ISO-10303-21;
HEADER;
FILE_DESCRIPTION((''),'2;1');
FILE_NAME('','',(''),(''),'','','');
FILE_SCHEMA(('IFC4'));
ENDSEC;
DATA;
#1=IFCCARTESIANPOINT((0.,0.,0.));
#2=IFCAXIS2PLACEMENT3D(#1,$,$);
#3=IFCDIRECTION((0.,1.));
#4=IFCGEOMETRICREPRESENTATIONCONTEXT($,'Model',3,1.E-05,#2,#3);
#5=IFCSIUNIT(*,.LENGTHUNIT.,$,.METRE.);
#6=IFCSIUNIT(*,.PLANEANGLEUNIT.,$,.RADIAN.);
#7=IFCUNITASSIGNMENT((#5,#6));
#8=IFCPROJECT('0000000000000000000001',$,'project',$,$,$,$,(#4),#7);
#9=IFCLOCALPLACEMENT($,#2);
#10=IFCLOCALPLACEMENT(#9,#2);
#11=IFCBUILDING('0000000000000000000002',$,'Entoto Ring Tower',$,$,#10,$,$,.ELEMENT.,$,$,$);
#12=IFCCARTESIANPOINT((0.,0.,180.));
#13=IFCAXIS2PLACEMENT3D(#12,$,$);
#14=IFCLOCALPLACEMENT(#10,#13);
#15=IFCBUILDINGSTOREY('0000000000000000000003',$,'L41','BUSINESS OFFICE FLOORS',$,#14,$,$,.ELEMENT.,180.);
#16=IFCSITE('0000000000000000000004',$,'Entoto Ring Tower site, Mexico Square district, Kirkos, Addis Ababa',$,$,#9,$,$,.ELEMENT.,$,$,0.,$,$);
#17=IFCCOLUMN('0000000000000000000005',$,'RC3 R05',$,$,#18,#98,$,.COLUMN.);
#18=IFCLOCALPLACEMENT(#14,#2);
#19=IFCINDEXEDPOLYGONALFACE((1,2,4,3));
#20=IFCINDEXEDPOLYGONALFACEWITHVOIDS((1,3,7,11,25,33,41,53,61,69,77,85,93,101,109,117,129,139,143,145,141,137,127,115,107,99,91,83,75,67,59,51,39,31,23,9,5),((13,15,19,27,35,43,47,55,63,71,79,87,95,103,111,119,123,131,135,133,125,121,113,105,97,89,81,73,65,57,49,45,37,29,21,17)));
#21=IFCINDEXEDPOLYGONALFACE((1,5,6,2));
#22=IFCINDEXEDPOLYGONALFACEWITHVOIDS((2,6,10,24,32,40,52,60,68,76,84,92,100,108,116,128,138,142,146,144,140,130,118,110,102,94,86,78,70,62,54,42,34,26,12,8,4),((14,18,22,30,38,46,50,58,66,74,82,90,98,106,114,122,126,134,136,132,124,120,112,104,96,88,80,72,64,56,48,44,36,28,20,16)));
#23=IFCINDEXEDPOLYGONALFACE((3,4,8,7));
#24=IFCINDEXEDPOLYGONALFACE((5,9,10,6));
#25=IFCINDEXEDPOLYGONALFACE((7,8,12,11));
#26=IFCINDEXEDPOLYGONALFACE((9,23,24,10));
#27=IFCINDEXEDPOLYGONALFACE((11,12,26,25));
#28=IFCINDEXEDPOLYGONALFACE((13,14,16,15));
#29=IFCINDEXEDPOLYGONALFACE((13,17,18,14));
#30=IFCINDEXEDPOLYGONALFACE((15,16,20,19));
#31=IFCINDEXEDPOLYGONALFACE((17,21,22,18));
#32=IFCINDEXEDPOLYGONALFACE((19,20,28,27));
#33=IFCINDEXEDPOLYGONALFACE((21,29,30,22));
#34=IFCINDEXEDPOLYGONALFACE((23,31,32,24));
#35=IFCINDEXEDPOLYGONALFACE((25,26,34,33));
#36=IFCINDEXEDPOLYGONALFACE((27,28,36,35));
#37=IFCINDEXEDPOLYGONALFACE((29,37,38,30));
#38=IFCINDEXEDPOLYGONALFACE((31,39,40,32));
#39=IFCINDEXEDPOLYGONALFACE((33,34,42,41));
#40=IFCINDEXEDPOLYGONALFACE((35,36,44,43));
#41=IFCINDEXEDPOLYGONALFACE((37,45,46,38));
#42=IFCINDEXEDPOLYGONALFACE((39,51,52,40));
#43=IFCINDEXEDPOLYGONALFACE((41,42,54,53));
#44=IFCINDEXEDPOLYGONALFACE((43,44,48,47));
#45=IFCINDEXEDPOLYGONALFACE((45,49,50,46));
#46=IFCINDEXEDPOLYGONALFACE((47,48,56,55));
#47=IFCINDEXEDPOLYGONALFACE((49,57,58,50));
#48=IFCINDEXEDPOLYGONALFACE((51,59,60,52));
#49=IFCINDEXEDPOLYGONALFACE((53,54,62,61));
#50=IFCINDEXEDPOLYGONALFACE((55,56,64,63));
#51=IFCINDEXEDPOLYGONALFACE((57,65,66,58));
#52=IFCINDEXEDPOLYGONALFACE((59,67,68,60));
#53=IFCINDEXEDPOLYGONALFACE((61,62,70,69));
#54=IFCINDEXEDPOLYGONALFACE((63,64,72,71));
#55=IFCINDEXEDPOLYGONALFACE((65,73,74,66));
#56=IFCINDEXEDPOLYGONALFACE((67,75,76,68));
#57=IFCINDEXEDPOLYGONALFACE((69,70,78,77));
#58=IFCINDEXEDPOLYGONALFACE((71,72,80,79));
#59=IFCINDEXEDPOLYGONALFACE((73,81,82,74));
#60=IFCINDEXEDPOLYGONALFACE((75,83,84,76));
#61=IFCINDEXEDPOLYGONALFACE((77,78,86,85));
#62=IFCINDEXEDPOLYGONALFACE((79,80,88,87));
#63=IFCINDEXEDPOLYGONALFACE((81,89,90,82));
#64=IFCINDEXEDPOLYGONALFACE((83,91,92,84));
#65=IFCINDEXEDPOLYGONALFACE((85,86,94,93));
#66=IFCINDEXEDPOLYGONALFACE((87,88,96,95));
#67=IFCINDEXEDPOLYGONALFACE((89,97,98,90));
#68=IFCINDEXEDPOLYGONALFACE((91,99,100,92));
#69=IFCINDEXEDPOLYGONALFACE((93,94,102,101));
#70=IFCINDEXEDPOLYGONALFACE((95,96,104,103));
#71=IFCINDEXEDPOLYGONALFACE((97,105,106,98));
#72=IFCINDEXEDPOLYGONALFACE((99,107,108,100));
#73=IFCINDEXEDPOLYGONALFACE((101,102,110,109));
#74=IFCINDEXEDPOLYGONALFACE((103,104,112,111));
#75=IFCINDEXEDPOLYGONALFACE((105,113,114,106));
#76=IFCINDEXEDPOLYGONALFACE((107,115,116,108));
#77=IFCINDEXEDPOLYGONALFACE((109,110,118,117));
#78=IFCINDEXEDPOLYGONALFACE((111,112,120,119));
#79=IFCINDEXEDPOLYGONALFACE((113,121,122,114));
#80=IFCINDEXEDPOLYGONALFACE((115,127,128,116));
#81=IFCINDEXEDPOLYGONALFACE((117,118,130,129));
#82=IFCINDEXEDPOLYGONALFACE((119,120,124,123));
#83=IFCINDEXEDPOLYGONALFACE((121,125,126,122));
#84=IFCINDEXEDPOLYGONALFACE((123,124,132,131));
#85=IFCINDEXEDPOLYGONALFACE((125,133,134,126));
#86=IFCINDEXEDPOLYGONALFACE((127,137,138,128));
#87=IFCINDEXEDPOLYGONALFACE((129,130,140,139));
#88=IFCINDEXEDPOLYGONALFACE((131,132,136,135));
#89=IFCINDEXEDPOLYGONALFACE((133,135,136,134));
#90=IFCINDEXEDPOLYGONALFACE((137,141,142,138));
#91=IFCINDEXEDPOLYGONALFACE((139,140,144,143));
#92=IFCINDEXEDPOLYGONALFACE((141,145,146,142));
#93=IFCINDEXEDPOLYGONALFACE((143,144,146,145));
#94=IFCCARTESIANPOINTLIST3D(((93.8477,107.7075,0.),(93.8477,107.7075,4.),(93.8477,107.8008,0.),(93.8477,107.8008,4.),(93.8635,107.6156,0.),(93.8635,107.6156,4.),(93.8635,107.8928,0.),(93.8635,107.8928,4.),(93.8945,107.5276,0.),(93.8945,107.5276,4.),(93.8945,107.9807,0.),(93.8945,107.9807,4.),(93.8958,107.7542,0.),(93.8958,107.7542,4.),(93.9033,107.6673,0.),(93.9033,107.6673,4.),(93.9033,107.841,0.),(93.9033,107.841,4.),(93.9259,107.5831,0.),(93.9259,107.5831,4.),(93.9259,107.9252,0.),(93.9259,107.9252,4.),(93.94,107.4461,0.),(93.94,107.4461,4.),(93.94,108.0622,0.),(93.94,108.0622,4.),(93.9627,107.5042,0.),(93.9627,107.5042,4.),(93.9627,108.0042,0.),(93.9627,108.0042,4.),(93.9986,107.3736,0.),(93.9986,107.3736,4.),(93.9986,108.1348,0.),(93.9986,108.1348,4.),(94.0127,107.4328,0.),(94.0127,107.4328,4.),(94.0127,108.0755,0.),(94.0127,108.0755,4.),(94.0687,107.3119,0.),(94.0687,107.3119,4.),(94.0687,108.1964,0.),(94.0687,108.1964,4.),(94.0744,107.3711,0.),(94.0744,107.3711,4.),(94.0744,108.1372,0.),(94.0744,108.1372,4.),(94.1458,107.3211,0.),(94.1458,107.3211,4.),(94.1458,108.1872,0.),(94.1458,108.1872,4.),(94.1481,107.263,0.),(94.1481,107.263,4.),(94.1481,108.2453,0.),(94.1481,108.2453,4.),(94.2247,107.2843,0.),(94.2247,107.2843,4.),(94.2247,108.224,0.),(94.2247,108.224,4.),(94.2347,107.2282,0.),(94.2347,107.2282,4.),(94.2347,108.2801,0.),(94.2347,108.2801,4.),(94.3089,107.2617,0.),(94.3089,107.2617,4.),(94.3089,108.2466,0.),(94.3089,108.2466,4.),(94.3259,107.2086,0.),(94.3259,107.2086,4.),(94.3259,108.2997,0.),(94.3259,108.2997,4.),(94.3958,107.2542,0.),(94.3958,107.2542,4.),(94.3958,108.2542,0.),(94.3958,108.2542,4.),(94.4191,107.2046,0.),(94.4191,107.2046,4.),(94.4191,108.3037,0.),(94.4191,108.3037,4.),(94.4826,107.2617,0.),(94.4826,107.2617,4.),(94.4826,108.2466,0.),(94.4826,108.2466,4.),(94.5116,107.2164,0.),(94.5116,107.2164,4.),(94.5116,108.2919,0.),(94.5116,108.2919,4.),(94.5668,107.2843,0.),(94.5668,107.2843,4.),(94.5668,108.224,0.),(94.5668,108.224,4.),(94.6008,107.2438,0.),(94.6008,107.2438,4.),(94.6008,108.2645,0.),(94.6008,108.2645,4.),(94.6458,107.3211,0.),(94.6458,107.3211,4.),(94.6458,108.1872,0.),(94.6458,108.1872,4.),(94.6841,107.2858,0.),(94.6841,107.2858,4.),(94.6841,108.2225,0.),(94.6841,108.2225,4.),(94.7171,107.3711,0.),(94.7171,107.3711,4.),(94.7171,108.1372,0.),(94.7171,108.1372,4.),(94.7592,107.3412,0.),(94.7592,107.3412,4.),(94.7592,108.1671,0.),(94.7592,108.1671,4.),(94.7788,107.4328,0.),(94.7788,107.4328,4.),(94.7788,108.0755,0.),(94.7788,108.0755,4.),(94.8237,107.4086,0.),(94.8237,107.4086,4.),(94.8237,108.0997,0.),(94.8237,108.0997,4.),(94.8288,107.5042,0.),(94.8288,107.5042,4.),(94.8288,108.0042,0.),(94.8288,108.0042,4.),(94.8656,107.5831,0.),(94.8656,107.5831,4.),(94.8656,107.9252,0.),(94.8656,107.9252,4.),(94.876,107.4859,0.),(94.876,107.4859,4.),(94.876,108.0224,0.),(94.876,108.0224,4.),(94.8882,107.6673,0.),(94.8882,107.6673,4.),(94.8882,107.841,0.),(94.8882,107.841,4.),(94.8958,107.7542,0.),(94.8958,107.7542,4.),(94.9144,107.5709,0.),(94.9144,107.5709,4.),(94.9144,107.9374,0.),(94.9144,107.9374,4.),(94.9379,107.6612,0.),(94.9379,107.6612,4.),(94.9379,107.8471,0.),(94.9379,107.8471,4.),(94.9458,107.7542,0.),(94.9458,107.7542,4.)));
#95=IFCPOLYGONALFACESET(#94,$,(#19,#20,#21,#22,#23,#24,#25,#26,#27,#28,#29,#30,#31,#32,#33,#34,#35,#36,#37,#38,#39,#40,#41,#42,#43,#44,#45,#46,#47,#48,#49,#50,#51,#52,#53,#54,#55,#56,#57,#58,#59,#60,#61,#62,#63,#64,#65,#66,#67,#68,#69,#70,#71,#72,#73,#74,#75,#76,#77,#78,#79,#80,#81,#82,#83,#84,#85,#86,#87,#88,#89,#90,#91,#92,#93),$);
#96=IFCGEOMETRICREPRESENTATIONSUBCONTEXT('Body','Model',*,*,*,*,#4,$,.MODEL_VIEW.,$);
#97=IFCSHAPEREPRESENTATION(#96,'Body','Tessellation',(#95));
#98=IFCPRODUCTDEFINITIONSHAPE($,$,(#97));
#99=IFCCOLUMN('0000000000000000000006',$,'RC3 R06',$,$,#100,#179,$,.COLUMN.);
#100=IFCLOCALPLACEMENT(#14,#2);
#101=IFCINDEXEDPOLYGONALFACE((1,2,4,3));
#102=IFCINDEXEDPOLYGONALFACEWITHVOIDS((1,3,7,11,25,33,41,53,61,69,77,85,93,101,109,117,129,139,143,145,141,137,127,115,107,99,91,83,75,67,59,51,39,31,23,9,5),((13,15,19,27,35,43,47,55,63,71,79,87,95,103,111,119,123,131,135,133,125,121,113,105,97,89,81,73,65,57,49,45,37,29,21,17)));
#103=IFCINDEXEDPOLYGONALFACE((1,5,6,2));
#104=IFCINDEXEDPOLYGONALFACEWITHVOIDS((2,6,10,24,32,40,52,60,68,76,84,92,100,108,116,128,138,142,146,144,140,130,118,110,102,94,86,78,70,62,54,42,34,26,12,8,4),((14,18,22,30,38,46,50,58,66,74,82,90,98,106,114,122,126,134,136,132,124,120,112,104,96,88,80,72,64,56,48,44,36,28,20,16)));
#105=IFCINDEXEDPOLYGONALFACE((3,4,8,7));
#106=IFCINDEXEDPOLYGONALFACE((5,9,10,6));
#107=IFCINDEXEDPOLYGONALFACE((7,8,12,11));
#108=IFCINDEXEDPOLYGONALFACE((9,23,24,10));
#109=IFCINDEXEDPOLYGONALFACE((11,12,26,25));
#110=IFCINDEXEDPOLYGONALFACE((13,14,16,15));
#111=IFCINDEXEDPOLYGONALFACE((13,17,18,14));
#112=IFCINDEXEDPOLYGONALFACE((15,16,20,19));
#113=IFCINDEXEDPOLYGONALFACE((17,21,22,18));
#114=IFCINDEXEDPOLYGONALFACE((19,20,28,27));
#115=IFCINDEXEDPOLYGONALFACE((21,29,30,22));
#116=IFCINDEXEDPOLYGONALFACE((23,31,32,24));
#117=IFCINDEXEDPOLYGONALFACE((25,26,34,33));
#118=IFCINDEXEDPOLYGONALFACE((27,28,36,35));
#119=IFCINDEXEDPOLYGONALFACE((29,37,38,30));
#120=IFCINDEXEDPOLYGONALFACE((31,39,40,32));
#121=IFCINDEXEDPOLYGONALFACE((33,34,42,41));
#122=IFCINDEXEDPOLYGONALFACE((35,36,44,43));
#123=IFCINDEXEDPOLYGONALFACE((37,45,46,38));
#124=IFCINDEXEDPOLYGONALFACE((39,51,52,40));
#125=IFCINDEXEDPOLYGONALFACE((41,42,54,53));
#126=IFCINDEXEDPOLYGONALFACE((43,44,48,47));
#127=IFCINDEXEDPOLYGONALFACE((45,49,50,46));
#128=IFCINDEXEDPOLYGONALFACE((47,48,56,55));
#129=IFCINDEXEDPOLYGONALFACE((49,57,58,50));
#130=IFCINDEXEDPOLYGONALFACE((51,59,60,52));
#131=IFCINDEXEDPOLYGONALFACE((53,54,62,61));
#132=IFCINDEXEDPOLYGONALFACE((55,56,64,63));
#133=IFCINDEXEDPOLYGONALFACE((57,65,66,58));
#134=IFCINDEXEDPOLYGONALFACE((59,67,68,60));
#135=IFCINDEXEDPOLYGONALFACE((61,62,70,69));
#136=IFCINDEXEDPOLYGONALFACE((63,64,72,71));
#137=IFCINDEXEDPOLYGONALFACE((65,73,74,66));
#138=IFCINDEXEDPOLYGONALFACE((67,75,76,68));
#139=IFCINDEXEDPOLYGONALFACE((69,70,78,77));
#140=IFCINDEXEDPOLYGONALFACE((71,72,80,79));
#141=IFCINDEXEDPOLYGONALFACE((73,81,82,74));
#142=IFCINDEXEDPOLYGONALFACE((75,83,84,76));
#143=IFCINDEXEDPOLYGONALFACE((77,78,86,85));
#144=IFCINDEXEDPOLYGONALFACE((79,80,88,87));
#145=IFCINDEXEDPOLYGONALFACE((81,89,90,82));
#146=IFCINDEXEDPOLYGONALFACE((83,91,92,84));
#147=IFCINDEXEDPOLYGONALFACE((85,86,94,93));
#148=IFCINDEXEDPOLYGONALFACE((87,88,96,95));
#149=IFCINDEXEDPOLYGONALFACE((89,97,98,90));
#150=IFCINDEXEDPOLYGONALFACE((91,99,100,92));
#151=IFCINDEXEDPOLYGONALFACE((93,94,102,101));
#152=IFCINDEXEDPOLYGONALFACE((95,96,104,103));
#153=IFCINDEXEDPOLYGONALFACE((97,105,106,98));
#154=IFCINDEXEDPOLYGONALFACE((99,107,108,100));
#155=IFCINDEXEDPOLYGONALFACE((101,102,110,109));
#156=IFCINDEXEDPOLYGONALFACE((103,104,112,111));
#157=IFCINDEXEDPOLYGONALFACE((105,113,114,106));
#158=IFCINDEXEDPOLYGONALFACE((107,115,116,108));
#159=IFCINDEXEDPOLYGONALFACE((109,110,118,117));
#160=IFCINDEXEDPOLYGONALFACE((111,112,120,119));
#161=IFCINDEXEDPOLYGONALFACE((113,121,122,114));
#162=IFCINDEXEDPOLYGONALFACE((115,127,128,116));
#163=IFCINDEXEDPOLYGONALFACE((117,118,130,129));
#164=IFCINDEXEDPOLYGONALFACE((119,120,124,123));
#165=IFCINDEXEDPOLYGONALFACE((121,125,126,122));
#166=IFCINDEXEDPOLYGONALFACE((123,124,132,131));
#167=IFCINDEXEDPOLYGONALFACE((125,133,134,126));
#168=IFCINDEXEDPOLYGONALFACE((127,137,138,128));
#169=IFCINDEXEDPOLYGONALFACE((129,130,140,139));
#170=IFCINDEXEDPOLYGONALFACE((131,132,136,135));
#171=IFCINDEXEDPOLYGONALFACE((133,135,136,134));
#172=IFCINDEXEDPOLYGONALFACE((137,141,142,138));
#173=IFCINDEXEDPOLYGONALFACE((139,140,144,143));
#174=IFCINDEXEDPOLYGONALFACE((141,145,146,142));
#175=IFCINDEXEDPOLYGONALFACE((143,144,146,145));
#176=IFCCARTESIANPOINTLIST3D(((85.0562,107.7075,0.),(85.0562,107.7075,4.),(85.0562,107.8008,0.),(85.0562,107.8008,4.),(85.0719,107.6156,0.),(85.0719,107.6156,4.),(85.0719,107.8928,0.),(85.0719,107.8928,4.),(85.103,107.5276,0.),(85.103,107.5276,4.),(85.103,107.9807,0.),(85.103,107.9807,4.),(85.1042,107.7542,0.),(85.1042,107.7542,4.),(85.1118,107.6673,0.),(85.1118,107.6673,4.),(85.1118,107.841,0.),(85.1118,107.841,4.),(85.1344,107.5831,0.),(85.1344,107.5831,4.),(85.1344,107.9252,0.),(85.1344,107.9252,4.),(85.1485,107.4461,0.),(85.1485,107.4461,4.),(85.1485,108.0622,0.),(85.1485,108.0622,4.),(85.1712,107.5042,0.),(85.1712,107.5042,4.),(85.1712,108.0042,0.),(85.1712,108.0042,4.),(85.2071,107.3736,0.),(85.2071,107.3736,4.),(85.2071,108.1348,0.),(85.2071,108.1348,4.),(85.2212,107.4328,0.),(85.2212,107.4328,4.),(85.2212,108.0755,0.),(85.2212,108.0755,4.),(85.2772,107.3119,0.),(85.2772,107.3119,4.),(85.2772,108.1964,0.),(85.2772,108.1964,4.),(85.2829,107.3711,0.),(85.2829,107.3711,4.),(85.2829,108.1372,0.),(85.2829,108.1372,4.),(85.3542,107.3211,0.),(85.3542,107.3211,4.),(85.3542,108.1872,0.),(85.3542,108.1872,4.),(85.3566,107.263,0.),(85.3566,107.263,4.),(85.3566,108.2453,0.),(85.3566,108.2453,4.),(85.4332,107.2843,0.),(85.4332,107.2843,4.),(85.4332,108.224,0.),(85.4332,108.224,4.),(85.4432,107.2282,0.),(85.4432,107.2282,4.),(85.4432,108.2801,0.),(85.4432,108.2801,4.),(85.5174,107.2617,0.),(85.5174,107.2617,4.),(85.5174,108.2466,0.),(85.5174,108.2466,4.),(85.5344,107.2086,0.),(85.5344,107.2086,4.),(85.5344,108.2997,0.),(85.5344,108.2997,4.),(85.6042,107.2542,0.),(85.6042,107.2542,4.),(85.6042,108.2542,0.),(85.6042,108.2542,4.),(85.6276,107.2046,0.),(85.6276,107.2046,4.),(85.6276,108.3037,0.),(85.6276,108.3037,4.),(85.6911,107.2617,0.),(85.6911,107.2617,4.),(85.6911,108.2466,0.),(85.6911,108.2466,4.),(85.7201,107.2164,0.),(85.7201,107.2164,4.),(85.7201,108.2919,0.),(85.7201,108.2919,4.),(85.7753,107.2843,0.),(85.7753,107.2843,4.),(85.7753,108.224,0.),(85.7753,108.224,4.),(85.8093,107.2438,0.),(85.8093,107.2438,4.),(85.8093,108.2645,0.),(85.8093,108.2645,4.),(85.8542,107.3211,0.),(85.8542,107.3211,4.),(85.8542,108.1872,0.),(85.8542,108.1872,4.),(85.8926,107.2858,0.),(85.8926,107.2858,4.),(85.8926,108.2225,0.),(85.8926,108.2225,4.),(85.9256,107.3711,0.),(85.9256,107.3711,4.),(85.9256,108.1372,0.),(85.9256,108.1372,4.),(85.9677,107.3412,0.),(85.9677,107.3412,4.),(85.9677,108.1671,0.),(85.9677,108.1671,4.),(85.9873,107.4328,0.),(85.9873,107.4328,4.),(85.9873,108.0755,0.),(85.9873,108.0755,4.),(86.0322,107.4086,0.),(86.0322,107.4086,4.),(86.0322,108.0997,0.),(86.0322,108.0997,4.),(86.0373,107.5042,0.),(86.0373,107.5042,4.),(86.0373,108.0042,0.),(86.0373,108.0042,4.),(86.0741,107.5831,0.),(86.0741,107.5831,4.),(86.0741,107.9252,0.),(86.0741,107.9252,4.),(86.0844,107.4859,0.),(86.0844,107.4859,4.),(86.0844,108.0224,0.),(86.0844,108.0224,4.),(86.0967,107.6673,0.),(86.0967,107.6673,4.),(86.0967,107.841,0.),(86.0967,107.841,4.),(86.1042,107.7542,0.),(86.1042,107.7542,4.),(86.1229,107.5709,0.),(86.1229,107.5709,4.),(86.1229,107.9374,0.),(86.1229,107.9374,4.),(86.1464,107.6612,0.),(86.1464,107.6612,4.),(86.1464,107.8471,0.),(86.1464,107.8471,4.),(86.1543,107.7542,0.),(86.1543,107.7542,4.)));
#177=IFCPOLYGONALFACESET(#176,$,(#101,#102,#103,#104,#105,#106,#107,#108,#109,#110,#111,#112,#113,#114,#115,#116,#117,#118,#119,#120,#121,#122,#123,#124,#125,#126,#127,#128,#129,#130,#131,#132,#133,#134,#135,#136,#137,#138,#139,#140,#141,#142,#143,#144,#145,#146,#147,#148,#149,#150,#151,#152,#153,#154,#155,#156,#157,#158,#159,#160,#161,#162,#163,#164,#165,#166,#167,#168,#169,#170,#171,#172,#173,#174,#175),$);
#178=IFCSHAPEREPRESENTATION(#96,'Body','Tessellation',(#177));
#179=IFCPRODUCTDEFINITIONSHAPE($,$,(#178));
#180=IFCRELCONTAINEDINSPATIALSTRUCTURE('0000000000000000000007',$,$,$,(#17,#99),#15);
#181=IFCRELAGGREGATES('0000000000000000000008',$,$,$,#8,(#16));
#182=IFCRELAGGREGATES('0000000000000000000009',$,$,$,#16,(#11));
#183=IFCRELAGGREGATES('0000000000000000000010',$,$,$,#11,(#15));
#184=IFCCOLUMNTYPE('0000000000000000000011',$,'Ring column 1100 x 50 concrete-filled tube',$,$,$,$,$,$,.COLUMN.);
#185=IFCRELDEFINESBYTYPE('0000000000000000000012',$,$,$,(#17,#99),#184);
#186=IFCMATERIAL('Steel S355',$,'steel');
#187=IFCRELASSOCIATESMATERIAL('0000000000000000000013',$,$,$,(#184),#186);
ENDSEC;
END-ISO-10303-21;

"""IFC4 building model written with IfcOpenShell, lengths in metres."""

from ifc_helpers import new_model, si_unit, direction, frame, origin, origin_2d, place, context, subcontext, project, spatial, circle, hollow_circle, extrude, material, material_profile, profile_set, type_object, element, save


model = new_model("IFC4")

# Units and contexts
model_context = context("Model", 3, precision=1e-05, world=origin(), true_north=direction((0.0, 1.0)))
body_context = subcontext(model_context, "Body", "Model", "MODEL_VIEW")
ifc_project = project(units=[si_unit("LENGTHUNIT", "METRE"), si_unit("PLANEANGLEUNIT", "RADIAN")], contexts=[model_context])

# Site, building, storey
site_placement = place(None, origin())
site = spatial("IfcSite", under=ifc_project, at=site_placement, Name="Entoto Ring Tower site, Mexico Square district, Kirkos, Addis Ababa", CompositionType="ELEMENT", RefElevation=0.0)
building_placement = place(site_placement, origin())
building = spatial("IfcBuilding", under=site, at=building_placement, Name="Entoto Ring Tower", CompositionType="ELEMENT")
storey_placement = place(building_placement, frame((0.0, 0.0, 180.0)))
storey = spatial("IfcBuildingStorey", under=building, at=storey_placement, Name="L41", Description="BUSINESS OFFICE FLOORS", CompositionType="ELEMENT", Elevation=180.0)

# Columns
ifc_material_1 = material(Name="Steel S355", Category="steel")
ifc_material_profile_1 = material_profile(ifc_material_1, hollow_circle(Radius=0.55, WallThickness=0.05, at=origin_2d()), Name="CHS 1100 x 50")
ifc_material_2 = material(Name="Concrete C60/75", Category="concrete")
ifc_material_profile_2 = material_profile(ifc_material_2, circle(Radius=0.5, at=origin_2d()), Name="Concrete C60/75 infill")
ifc_profile_set_1 = profile_set([ifc_material_profile_1, ifc_material_profile_2], Name="Steel S355")
column_type = type_object("IfcColumnType", Name="Ring column 1100 x 50 concrete-filled tube", PredefinedType="COLUMN", material=ifc_profile_set_1)
for number, where, z_axis, x_axis, name in (
    (1, (94.3958, 107.7542, 0.0), (0.0, 0.0, 1.0), (1.0, 0.0, 0.0), "RC3 R05"),
    (2, (85.6042, 107.7542, 0.0), (0.0, 0.0, 1.0), (1.0, 0.0, 0.0), "RC3 R06"),
):
    element("IfcColumn", number, at=place(storey_placement, frame(where, z_axis=z_axis, x_axis=x_axis)), inside=storey, type_object=column_type, Name=name, PredefinedType="COLUMN", context=body_context, shape_type="SweptSolid", body=[
        extrude(hollow_circle(Radius=0.55, WallThickness=0.05, at=origin_2d()), origin(), (0.0, 0.0, 1.0), 4.0),
    ])

save(model, "model.ifc")
